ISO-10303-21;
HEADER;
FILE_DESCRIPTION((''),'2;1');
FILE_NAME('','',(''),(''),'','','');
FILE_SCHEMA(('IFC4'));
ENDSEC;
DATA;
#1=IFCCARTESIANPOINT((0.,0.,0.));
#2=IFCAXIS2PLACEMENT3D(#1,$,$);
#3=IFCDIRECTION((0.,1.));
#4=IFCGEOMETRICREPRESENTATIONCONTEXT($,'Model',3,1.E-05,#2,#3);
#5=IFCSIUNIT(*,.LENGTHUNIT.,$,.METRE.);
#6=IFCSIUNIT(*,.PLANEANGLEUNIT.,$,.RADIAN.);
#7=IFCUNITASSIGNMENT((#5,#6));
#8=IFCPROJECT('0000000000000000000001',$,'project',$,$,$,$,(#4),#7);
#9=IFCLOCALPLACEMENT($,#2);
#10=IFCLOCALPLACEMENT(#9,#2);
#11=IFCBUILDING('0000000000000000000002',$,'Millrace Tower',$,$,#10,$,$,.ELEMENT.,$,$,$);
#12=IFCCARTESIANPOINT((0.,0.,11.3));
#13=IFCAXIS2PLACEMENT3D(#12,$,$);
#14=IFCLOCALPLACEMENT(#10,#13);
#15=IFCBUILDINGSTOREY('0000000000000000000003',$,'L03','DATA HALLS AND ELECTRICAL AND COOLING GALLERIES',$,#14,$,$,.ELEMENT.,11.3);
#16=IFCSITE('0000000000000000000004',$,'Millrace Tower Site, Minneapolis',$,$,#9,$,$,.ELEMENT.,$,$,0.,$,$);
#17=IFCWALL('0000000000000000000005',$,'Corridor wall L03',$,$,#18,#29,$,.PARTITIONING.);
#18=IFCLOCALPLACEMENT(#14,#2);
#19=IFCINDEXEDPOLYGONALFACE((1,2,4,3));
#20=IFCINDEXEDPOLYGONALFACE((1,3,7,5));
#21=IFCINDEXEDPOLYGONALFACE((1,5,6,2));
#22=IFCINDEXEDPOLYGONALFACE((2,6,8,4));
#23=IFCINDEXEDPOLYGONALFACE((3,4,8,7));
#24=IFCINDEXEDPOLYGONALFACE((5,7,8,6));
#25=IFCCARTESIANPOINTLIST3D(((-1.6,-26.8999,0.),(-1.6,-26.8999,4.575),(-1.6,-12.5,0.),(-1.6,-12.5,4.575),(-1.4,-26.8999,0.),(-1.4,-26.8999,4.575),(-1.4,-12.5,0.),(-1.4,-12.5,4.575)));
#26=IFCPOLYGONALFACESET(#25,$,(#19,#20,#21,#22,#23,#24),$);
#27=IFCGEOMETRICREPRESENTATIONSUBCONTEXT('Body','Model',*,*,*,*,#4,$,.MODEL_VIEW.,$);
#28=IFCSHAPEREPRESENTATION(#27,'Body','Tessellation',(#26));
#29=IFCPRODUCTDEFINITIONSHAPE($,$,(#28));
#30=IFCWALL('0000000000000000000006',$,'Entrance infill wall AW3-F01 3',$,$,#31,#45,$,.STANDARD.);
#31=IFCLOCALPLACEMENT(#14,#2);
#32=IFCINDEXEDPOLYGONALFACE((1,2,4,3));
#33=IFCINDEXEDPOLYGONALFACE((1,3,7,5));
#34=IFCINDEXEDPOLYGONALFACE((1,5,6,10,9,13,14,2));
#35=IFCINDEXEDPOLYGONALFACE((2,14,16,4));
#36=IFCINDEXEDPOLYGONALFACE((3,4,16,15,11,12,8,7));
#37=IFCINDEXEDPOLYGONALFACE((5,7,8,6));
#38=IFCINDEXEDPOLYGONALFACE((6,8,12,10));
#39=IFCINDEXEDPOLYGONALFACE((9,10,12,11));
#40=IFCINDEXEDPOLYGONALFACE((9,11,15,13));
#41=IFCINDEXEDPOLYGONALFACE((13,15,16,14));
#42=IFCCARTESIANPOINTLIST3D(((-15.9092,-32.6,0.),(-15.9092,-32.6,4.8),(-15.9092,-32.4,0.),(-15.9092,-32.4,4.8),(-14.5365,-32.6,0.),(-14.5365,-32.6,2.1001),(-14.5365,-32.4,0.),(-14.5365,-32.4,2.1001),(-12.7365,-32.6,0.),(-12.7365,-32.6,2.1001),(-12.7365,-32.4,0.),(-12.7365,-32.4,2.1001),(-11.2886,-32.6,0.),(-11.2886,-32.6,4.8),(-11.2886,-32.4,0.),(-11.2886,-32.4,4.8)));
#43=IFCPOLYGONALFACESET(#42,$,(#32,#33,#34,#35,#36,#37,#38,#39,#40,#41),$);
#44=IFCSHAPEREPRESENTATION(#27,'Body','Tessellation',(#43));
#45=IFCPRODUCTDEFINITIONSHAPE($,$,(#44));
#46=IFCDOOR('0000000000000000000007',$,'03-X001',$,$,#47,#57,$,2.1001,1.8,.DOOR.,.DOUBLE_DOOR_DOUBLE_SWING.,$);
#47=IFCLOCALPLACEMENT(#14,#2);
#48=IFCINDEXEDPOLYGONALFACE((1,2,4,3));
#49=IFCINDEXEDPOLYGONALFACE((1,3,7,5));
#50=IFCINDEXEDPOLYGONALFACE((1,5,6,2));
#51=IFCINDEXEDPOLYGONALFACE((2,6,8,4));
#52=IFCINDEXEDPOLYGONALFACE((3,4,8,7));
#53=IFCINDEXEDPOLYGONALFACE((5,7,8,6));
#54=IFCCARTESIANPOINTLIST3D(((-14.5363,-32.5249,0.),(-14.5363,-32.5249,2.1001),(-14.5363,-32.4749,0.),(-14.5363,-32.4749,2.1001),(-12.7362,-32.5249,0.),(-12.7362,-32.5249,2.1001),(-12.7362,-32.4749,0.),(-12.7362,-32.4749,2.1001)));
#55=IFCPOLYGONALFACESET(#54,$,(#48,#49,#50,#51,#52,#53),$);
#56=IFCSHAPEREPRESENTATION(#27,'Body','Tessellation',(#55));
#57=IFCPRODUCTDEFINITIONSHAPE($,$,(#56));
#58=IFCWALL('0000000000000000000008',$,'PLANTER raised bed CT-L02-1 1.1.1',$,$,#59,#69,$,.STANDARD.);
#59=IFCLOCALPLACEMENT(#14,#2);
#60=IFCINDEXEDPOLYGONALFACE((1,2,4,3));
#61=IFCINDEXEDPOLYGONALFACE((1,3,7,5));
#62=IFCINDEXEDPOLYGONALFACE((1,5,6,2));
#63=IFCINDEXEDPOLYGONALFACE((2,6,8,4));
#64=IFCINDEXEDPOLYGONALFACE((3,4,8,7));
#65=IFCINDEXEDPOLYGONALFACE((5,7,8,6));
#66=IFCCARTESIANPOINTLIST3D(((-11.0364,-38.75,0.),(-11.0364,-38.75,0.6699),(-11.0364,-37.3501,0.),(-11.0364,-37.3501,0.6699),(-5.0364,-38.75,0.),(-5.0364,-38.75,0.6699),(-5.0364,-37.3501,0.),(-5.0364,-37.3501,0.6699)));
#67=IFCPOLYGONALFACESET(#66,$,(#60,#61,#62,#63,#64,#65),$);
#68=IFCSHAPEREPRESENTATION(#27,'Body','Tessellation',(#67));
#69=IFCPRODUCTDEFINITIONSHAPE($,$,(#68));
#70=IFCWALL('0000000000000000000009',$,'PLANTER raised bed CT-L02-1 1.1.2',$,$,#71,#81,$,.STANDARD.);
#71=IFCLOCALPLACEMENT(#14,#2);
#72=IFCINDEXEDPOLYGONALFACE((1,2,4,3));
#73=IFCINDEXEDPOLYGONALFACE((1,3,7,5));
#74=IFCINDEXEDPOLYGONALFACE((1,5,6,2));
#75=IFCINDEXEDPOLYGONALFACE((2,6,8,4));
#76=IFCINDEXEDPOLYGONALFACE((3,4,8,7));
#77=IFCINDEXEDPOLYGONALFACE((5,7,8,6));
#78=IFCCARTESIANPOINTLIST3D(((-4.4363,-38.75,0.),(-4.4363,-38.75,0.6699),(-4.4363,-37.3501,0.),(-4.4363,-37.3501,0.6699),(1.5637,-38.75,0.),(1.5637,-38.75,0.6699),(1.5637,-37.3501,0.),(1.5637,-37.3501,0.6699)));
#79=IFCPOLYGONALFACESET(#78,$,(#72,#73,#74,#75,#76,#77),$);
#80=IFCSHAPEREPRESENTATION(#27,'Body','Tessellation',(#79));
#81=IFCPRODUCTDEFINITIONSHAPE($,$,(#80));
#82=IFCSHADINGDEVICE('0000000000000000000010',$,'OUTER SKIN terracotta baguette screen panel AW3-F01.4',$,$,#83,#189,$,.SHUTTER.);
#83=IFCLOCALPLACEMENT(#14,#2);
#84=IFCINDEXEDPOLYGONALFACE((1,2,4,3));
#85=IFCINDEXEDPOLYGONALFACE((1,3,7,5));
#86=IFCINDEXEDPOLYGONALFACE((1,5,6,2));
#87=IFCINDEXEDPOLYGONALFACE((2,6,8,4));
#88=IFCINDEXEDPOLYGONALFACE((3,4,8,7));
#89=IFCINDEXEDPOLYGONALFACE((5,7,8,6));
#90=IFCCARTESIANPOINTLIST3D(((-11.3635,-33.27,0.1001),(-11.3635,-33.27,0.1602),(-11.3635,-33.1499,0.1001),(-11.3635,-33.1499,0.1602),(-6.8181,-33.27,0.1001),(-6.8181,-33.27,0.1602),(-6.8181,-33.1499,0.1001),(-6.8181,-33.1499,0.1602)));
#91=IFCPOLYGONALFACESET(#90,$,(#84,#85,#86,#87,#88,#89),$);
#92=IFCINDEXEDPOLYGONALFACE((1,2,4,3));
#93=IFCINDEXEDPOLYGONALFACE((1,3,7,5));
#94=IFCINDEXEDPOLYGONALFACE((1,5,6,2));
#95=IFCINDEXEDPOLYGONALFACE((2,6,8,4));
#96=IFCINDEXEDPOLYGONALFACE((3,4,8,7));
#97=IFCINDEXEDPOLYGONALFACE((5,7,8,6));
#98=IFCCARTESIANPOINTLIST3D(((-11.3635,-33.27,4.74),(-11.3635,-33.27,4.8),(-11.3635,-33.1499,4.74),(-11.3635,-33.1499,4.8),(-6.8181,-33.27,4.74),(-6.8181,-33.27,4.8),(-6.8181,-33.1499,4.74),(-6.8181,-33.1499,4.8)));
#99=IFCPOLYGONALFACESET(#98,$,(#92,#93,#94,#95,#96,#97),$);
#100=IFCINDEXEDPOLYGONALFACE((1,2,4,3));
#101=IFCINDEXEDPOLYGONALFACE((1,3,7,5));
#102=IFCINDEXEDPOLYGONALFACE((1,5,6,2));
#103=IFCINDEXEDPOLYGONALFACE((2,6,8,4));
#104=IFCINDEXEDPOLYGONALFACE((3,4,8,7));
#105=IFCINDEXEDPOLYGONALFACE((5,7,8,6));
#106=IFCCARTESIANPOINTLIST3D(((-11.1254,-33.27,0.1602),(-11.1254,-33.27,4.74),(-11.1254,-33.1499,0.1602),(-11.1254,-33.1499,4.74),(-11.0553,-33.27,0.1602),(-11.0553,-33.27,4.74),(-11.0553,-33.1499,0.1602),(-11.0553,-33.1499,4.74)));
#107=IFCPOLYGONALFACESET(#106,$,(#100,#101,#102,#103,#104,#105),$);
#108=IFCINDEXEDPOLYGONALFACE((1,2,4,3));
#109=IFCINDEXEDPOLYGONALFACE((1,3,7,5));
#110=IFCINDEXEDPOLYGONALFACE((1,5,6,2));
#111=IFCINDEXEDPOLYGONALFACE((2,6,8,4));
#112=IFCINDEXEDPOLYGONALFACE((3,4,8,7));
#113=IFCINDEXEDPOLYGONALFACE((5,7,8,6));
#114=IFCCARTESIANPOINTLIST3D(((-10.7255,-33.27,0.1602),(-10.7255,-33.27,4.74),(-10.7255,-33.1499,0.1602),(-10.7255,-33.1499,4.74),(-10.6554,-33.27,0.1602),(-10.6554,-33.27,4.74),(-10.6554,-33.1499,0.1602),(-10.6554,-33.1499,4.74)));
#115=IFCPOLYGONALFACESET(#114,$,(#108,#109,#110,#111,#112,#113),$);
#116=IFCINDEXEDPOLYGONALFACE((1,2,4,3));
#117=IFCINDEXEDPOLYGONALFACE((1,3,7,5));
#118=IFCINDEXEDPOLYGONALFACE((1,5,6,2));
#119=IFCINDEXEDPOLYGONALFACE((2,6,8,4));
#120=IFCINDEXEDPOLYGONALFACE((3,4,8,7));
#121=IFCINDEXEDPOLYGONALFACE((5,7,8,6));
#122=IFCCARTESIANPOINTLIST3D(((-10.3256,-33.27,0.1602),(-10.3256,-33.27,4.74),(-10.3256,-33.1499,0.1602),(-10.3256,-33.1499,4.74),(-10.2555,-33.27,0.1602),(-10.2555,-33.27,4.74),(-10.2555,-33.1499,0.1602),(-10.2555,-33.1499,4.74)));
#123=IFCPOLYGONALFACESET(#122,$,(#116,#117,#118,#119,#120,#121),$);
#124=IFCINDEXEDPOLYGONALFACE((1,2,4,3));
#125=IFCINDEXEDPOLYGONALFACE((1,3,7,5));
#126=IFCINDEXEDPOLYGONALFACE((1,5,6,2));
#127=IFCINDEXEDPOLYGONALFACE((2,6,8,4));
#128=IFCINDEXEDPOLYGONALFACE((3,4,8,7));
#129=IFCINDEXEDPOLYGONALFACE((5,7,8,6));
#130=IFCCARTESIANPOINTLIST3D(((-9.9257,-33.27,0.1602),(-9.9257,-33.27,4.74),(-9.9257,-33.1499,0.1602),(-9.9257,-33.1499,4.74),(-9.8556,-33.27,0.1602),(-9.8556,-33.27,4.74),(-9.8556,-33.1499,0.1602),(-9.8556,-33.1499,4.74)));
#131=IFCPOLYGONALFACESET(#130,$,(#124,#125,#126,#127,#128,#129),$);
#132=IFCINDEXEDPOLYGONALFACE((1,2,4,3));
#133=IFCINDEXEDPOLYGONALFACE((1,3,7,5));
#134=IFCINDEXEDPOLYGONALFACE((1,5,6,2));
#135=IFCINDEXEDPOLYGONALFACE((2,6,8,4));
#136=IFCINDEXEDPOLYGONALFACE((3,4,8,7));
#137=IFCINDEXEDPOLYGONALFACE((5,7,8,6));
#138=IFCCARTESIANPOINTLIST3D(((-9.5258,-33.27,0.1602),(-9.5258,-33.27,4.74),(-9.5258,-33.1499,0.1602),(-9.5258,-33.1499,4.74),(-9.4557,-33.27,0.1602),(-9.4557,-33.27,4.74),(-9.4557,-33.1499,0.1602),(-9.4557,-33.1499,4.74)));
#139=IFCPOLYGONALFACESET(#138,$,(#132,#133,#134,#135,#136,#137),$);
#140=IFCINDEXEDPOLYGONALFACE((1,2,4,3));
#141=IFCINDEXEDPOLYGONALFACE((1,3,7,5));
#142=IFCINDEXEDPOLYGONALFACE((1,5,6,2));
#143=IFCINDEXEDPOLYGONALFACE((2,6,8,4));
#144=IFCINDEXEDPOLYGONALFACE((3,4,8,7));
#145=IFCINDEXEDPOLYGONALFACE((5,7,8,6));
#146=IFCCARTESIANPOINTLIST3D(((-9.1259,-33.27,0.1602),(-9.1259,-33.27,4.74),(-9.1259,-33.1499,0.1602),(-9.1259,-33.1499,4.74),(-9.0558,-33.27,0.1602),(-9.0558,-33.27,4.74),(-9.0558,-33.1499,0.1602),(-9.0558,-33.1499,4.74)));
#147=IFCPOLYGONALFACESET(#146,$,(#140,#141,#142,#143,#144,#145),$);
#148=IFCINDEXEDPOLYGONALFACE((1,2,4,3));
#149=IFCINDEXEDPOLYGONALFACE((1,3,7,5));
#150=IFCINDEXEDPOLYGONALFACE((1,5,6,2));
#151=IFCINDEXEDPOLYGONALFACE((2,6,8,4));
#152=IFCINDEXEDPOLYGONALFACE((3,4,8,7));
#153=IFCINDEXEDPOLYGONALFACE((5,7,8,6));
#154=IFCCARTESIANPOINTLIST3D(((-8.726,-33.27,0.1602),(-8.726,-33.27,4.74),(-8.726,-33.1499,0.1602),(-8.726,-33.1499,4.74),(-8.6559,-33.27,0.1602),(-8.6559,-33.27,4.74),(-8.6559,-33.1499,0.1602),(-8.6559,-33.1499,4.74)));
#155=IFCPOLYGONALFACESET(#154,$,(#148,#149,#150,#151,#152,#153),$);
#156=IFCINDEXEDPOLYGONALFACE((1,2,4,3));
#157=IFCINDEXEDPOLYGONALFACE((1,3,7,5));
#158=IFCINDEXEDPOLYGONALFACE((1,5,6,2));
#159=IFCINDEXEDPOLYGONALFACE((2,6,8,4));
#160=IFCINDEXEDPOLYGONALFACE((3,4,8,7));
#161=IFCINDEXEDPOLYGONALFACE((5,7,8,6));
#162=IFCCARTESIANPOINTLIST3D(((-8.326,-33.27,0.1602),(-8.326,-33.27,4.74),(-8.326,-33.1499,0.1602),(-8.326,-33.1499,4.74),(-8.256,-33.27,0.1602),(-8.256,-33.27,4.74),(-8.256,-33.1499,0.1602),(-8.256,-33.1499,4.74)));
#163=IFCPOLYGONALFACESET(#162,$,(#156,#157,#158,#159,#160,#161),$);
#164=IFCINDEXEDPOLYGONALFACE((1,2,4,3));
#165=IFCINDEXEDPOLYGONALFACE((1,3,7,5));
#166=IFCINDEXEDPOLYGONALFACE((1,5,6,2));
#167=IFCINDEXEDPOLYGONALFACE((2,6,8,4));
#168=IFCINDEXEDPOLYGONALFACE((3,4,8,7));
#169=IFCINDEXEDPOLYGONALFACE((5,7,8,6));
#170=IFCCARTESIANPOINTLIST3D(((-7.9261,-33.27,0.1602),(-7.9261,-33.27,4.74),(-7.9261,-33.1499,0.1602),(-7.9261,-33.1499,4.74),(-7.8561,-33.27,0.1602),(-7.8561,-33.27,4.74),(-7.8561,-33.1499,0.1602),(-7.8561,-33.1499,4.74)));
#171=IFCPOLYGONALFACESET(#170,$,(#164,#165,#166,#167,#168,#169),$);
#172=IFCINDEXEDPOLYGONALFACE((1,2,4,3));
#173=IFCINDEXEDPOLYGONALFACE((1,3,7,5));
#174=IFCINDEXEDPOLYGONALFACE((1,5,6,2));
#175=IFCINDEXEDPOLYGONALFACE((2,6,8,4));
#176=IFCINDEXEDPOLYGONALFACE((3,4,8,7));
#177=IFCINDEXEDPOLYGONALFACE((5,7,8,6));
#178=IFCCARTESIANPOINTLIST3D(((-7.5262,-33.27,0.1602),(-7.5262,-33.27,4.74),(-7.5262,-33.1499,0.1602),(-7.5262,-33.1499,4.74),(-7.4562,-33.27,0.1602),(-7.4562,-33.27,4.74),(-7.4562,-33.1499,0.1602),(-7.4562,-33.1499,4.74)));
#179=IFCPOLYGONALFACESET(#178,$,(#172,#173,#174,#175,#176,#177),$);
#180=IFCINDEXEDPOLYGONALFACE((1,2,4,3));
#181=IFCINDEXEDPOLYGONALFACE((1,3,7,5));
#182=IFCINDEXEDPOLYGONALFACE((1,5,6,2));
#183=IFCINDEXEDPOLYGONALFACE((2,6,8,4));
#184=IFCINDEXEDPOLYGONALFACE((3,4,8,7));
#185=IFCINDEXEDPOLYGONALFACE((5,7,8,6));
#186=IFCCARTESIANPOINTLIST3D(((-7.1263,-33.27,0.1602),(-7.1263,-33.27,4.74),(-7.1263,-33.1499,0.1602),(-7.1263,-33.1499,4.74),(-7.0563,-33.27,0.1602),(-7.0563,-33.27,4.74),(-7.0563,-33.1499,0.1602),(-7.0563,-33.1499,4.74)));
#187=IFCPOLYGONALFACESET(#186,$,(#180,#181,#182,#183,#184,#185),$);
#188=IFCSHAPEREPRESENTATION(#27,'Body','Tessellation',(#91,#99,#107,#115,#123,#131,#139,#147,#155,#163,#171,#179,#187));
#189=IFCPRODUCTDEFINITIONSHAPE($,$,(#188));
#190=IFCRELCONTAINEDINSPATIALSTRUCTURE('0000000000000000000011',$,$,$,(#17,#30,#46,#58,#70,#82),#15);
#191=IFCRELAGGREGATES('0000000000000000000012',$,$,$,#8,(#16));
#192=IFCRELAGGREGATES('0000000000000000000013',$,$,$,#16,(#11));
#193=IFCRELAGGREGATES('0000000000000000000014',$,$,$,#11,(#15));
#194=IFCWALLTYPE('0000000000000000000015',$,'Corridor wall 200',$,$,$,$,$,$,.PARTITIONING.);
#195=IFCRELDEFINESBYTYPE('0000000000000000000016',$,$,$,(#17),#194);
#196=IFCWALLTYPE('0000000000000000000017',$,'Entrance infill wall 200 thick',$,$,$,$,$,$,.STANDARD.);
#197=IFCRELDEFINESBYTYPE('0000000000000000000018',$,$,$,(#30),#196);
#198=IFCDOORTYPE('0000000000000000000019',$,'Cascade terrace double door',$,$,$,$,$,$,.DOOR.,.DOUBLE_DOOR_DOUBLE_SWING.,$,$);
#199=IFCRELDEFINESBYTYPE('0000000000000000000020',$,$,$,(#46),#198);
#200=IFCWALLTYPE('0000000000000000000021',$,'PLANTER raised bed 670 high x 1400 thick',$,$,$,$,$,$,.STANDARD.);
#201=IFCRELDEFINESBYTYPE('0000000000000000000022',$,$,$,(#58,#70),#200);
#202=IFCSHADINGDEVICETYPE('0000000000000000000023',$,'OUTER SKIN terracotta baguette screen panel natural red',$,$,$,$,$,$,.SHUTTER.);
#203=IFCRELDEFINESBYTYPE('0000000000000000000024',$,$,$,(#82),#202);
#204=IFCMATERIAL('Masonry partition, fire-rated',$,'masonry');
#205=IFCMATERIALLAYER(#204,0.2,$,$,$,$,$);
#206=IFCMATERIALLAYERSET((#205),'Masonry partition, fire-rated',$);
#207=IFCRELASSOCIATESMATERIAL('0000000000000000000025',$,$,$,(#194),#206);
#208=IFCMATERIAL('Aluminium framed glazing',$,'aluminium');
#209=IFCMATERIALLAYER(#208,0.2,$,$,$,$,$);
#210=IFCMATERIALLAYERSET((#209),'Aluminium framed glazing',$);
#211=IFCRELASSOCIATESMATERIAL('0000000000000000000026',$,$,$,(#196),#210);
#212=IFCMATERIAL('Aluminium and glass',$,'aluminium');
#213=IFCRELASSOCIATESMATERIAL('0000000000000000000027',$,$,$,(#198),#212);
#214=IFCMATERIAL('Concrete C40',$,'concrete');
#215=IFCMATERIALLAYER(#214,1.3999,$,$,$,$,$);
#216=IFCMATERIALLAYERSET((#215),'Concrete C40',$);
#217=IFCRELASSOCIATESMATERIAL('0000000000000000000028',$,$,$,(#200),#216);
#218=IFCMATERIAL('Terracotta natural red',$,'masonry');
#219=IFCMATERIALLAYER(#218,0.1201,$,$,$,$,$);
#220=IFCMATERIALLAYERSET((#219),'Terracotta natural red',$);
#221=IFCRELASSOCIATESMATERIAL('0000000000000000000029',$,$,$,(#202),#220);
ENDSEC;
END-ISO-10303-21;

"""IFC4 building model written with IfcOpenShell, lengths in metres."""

from ifc_helpers import new_model, entity, si_unit, direction, frame, frame_2d, origin, origin_2d, place, context, subcontext, project, spatial, rectangle, extrude, source, transform, mapped, material, layer, layer_set, type_object, element, fill, save


model = new_model("IFC4")

# Units and contexts
model_context = context("Model", 3, precision=1e-05, world=origin(), true_north=direction((0.0, 1.0)))
body_context = subcontext(model_context, "Body", "Model", "MODEL_VIEW")
ifc_project = project(units=[si_unit("LENGTHUNIT", "METRE"), si_unit("PLANEANGLEUNIT", "RADIAN")], contexts=[model_context])

# Site, building, storey
site_placement = place(None, origin())
site = spatial("IfcSite", under=ifc_project, at=site_placement, Name="Millrace Tower Site, Minneapolis", CompositionType="ELEMENT", RefElevation=0.0)
building_placement = place(site_placement, origin())
building = spatial("IfcBuilding", under=site, at=building_placement, Name="Millrace Tower", CompositionType="ELEMENT")
storey_placement = place(building_placement, frame((0.0, 0.0, 11.3)))
storey = spatial("IfcBuildingStorey", under=building, at=storey_placement, Name="L03", Description="DATA HALLS AND ELECTRICAL AND COOLING GALLERIES", CompositionType="ELEMENT", Elevation=11.3)

# Wall
ifc_material_1 = material(Name="Masonry partition, fire-rated", Category="masonry")
ifc_layer_1 = layer(ifc_material_1, 0.2)
ifc_layer_set_1 = layer_set([ifc_layer_1], Name="Masonry partition, fire-rated")
wall_type_1 = type_object("IfcWallType", Name="Corridor wall 200", PredefinedType="PARTITIONING", material=ifc_layer_set_1)
wall_1_placement = place(storey_placement, frame((-1.5, -26.8999, 0.0), z_axis=(0.0, 0.0, 1.0), x_axis=(0.0, 1.0, 0.0)))
element("IfcWall", 1, at=wall_1_placement, inside=storey, type_object=wall_type_1, Name="Corridor wall L03", PredefinedType="PARTITIONING", context=body_context, shape_type="SweptSolid", body=[
    extrude(rectangle(XDim=14.3999, YDim=0.2, at=frame_2d((7.2, 0.0))), origin(), (0.0, 0.0, 1.0), 4.575),
])

# Wall, opening, door
ifc_material_2 = material(Name="Aluminium framed glazing", Category="aluminium")
ifc_layer_2 = layer(ifc_material_2, 0.2)
ifc_layer_set_2 = layer_set([ifc_layer_2], Name="Aluminium framed glazing")
wall_type_2 = type_object("IfcWallType", Name="Entrance infill wall 200 thick", PredefinedType="STANDARD", material=ifc_layer_set_2)
wall_2_placement = place(storey_placement, frame((-15.9092, -32.5, 0.0), z_axis=(0.0, 0.0, 1.0), x_axis=(1.0, 0.0, 0.0)))
wall_2 = element("IfcWall", 2, at=wall_2_placement, inside=storey, type_object=wall_type_2, Name="Entrance infill wall AW3-F01 3", PredefinedType="STANDARD", context=body_context, shape_type="SweptSolid", body=[
    extrude(rectangle(XDim=4.6206, YDim=0.2, at=frame_2d((2.3103, 0.0))), origin(), (0.0, 0.0, 1.0), 4.8),
])
opening_placement = place(wall_2_placement, frame((1.3728, 0.0, 0.0)))
opening = element("IfcOpeningElement", 3, at=opening_placement, cuts=wall_2, PredefinedType="OPENING", context=body_context, shape_type="SweptSolid", body=[
    extrude(rectangle(XDim=1.8, YDim=2.1001, at=frame_2d((0.8999, 1.05))), frame((0.0, 0.1099, 0.0), z_axis=(0.0, -1.0, 0.0), x_axis=(1.0, 0.0, 0.0)), (0.0, 0.0, 1.0), 0.22),
])
ifc_material_3 = material(Name="Aluminium and glass", Category="aluminium")
door_type = type_object("IfcDoorType", Name="Cascade terrace double door", OperationType="DOUBLE_DOOR_DOUBLE_SWING", PredefinedType="DOOR", material=ifc_material_3)
door_placement = place(opening_placement, frame((1.8, 0.0, 0.0), z_axis=(0.0, 0.0, 1.0), x_axis=(-1.0, 0.0, 0.0)))
door = element("IfcDoor", 4, at=door_placement, inside=storey, type_object=door_type, Name="03-X001", OperationType="DOUBLE_DOOR_DOUBLE_SWING", OverallHeight=2.1001, OverallWidth=1.8, PredefinedType="DOOR", context=body_context, shape_type="SweptSolid", body=[
    extrude(rectangle(XDim=1.8, YDim=2.1001, at=frame_2d((0.8999, 1.05))), frame((0.0, 0.0249, 0.0), z_axis=(0.0, -1.0, 0.0), x_axis=(1.0, 0.0, 0.0)), (0.0, 0.0, 1.0), 0.05),
])
fill(opening, door)

# Walls
ifc_material_4 = material(Name="Concrete C40", Category="concrete")
ifc_layer_3 = layer(ifc_material_4, 1.3999)
ifc_layer_set_3 = layer_set([ifc_layer_3], Name="Concrete C40")
wall_type_3 = type_object("IfcWallType", Name="PLANTER raised bed 670 high x 1400 thick", PredefinedType="STANDARD", material=ifc_layer_set_3)
for number, where, z_axis, x_axis, name in (
    (5, (-11.0364, -38.05, 0.0), (0.0, 0.0, 1.0), (1.0, 0.0, 0.0), "PLANTER raised bed CT-L02-1 1.1.1"),
    (6, (-4.4363, -38.05, 0.0), (0.0, 0.0, 1.0), (1.0, 0.0, 0.0), "PLANTER raised bed CT-L02-1 1.1.2"),
):
    element("IfcWall", number, at=place(storey_placement, frame(where, z_axis=z_axis, x_axis=x_axis)), inside=storey, type_object=wall_type_3, Name=name, PredefinedType="STANDARD", context=body_context, shape_type="SweptSolid", body=[
        extrude(rectangle(XDim=6.0, YDim=1.3999, at=frame_2d((3.0, 0.0))), origin(), (0.0, 0.0, 1.0), 0.6699),
    ])

# Shading device
cartesian_point = entity("IfcCartesianPoint", [-2.2727, 0.0601])
shared_polyline = entity("IfcPolyline", [cartesian_point, entity("IfcCartesianPoint", [2.2727, 0.0601]), entity("IfcCartesianPoint", [2.2727, -0.0601]), entity("IfcCartesianPoint", [-2.2727, -0.0601]), cartesian_point])
ifc_material_5 = material(Name="Terracotta natural red", Category="masonry")
ifc_layer_4 = layer(ifc_material_5, 0.1201)
ifc_layer_set_4 = layer_set([ifc_layer_4], Name="Terracotta natural red")
shading_device_type_1 = type_object("IfcShadingDeviceType", Name="OUTER SKIN terracotta baguette screen panel natural red", PredefinedType="SHUTTER", material=ifc_layer_set_4)
shared_shape_1 = source(origin(), body_context, "Body", "SweptSolid", [
    entity("IfcExtrudedAreaSolid", entity("IfcArbitraryClosedProfileDef", "AREA", None, shared_polyline), entity("IfcAxis2Placement3D", entity("IfcCartesianPoint", [0.0, 0.0, 0.0])), entity("IfcDirection", [0.0, 0.0, 1.0]), 0.0601),
    entity("IfcExtrudedAreaSolid", entity("IfcArbitraryClosedProfileDef", "AREA", None, shared_polyline), entity("IfcAxis2Placement3D", entity("IfcCartesianPoint", [0.0, 0.0, 4.6399])), entity("IfcDirection", [0.0, 0.0, 1.0]), 0.0601),
    extrude(rectangle(XDim=0.0701, YDim=0.1201, at=frame_2d((-1.9995, 0.0))), frame((0.0, 0.0, 0.0601)), (0.0, 0.0, 1.0), 4.5798),
    extrude(rectangle(XDim=0.0701, YDim=0.1201, at=frame_2d((-1.5996, 0.0))), frame((0.0, 0.0, 0.0601)), (0.0, 0.0, 1.0), 4.5798),
    extrude(rectangle(XDim=0.0701, YDim=0.1201, at=frame_2d((-1.1997, 0.0))), frame((0.0, 0.0, 0.0601)), (0.0, 0.0, 1.0), 4.5798),
    extrude(rectangle(XDim=0.0701, YDim=0.1201, at=frame_2d((-0.7998, 0.0))), frame((0.0, 0.0, 0.0601)), (0.0, 0.0, 1.0), 4.5798),
    extrude(rectangle(XDim=0.0701, YDim=0.1201, at=frame_2d((-0.3999, 0.0))), frame((0.0, 0.0, 0.0601)), (0.0, 0.0, 1.0), 4.5798),
    extrude(rectangle(XDim=0.0701, YDim=0.1201, at=origin_2d()), frame((0.0, 0.0, 0.0601)), (0.0, 0.0, 1.0), 4.5798),
    extrude(rectangle(XDim=0.0701, YDim=0.1201, at=frame_2d((0.3999, 0.0))), frame((0.0, 0.0, 0.0601)), (0.0, 0.0, 1.0), 4.5798),
    extrude(rectangle(XDim=0.0701, YDim=0.1201, at=frame_2d((0.7998, 0.0))), frame((0.0, 0.0, 0.0601)), (0.0, 0.0, 1.0), 4.5798),
    extrude(rectangle(XDim=0.0701, YDim=0.1201, at=frame_2d((1.1997, 0.0))), frame((0.0, 0.0, 0.0601)), (0.0, 0.0, 1.0), 4.5798),
    extrude(rectangle(XDim=0.0701, YDim=0.1201, at=frame_2d((1.5996, 0.0))), frame((0.0, 0.0, 0.0601)), (0.0, 0.0, 1.0), 4.5798),
    extrude(rectangle(XDim=0.0701, YDim=0.1201, at=frame_2d((1.9995, 0.0))), frame((0.0, 0.0, 0.0601)), (0.0, 0.0, 1.0), 4.5798),
])
for number, where, z_axis, x_axis, name in (
    (7, (-9.0908, -33.21, 0.1001), (0.0, 0.0, 1.0), (1.0, 0.0, 0.0), "OUTER SKIN terracotta baguette screen panel AW3-F01.4"),
):
    element("IfcShadingDevice", number, at=place(storey_placement, frame(where, z_axis=z_axis, x_axis=x_axis)), inside=storey, type_object=shading_device_type_1, Name=name, PredefinedType="SHUTTER", context=body_context, shape_type="MappedRepresentation", body=[
        mapped(shared_shape_1, transform((0.0, 0.0, 0.0), scale=1.0)),
    ])

save(model, "model.ifc")
